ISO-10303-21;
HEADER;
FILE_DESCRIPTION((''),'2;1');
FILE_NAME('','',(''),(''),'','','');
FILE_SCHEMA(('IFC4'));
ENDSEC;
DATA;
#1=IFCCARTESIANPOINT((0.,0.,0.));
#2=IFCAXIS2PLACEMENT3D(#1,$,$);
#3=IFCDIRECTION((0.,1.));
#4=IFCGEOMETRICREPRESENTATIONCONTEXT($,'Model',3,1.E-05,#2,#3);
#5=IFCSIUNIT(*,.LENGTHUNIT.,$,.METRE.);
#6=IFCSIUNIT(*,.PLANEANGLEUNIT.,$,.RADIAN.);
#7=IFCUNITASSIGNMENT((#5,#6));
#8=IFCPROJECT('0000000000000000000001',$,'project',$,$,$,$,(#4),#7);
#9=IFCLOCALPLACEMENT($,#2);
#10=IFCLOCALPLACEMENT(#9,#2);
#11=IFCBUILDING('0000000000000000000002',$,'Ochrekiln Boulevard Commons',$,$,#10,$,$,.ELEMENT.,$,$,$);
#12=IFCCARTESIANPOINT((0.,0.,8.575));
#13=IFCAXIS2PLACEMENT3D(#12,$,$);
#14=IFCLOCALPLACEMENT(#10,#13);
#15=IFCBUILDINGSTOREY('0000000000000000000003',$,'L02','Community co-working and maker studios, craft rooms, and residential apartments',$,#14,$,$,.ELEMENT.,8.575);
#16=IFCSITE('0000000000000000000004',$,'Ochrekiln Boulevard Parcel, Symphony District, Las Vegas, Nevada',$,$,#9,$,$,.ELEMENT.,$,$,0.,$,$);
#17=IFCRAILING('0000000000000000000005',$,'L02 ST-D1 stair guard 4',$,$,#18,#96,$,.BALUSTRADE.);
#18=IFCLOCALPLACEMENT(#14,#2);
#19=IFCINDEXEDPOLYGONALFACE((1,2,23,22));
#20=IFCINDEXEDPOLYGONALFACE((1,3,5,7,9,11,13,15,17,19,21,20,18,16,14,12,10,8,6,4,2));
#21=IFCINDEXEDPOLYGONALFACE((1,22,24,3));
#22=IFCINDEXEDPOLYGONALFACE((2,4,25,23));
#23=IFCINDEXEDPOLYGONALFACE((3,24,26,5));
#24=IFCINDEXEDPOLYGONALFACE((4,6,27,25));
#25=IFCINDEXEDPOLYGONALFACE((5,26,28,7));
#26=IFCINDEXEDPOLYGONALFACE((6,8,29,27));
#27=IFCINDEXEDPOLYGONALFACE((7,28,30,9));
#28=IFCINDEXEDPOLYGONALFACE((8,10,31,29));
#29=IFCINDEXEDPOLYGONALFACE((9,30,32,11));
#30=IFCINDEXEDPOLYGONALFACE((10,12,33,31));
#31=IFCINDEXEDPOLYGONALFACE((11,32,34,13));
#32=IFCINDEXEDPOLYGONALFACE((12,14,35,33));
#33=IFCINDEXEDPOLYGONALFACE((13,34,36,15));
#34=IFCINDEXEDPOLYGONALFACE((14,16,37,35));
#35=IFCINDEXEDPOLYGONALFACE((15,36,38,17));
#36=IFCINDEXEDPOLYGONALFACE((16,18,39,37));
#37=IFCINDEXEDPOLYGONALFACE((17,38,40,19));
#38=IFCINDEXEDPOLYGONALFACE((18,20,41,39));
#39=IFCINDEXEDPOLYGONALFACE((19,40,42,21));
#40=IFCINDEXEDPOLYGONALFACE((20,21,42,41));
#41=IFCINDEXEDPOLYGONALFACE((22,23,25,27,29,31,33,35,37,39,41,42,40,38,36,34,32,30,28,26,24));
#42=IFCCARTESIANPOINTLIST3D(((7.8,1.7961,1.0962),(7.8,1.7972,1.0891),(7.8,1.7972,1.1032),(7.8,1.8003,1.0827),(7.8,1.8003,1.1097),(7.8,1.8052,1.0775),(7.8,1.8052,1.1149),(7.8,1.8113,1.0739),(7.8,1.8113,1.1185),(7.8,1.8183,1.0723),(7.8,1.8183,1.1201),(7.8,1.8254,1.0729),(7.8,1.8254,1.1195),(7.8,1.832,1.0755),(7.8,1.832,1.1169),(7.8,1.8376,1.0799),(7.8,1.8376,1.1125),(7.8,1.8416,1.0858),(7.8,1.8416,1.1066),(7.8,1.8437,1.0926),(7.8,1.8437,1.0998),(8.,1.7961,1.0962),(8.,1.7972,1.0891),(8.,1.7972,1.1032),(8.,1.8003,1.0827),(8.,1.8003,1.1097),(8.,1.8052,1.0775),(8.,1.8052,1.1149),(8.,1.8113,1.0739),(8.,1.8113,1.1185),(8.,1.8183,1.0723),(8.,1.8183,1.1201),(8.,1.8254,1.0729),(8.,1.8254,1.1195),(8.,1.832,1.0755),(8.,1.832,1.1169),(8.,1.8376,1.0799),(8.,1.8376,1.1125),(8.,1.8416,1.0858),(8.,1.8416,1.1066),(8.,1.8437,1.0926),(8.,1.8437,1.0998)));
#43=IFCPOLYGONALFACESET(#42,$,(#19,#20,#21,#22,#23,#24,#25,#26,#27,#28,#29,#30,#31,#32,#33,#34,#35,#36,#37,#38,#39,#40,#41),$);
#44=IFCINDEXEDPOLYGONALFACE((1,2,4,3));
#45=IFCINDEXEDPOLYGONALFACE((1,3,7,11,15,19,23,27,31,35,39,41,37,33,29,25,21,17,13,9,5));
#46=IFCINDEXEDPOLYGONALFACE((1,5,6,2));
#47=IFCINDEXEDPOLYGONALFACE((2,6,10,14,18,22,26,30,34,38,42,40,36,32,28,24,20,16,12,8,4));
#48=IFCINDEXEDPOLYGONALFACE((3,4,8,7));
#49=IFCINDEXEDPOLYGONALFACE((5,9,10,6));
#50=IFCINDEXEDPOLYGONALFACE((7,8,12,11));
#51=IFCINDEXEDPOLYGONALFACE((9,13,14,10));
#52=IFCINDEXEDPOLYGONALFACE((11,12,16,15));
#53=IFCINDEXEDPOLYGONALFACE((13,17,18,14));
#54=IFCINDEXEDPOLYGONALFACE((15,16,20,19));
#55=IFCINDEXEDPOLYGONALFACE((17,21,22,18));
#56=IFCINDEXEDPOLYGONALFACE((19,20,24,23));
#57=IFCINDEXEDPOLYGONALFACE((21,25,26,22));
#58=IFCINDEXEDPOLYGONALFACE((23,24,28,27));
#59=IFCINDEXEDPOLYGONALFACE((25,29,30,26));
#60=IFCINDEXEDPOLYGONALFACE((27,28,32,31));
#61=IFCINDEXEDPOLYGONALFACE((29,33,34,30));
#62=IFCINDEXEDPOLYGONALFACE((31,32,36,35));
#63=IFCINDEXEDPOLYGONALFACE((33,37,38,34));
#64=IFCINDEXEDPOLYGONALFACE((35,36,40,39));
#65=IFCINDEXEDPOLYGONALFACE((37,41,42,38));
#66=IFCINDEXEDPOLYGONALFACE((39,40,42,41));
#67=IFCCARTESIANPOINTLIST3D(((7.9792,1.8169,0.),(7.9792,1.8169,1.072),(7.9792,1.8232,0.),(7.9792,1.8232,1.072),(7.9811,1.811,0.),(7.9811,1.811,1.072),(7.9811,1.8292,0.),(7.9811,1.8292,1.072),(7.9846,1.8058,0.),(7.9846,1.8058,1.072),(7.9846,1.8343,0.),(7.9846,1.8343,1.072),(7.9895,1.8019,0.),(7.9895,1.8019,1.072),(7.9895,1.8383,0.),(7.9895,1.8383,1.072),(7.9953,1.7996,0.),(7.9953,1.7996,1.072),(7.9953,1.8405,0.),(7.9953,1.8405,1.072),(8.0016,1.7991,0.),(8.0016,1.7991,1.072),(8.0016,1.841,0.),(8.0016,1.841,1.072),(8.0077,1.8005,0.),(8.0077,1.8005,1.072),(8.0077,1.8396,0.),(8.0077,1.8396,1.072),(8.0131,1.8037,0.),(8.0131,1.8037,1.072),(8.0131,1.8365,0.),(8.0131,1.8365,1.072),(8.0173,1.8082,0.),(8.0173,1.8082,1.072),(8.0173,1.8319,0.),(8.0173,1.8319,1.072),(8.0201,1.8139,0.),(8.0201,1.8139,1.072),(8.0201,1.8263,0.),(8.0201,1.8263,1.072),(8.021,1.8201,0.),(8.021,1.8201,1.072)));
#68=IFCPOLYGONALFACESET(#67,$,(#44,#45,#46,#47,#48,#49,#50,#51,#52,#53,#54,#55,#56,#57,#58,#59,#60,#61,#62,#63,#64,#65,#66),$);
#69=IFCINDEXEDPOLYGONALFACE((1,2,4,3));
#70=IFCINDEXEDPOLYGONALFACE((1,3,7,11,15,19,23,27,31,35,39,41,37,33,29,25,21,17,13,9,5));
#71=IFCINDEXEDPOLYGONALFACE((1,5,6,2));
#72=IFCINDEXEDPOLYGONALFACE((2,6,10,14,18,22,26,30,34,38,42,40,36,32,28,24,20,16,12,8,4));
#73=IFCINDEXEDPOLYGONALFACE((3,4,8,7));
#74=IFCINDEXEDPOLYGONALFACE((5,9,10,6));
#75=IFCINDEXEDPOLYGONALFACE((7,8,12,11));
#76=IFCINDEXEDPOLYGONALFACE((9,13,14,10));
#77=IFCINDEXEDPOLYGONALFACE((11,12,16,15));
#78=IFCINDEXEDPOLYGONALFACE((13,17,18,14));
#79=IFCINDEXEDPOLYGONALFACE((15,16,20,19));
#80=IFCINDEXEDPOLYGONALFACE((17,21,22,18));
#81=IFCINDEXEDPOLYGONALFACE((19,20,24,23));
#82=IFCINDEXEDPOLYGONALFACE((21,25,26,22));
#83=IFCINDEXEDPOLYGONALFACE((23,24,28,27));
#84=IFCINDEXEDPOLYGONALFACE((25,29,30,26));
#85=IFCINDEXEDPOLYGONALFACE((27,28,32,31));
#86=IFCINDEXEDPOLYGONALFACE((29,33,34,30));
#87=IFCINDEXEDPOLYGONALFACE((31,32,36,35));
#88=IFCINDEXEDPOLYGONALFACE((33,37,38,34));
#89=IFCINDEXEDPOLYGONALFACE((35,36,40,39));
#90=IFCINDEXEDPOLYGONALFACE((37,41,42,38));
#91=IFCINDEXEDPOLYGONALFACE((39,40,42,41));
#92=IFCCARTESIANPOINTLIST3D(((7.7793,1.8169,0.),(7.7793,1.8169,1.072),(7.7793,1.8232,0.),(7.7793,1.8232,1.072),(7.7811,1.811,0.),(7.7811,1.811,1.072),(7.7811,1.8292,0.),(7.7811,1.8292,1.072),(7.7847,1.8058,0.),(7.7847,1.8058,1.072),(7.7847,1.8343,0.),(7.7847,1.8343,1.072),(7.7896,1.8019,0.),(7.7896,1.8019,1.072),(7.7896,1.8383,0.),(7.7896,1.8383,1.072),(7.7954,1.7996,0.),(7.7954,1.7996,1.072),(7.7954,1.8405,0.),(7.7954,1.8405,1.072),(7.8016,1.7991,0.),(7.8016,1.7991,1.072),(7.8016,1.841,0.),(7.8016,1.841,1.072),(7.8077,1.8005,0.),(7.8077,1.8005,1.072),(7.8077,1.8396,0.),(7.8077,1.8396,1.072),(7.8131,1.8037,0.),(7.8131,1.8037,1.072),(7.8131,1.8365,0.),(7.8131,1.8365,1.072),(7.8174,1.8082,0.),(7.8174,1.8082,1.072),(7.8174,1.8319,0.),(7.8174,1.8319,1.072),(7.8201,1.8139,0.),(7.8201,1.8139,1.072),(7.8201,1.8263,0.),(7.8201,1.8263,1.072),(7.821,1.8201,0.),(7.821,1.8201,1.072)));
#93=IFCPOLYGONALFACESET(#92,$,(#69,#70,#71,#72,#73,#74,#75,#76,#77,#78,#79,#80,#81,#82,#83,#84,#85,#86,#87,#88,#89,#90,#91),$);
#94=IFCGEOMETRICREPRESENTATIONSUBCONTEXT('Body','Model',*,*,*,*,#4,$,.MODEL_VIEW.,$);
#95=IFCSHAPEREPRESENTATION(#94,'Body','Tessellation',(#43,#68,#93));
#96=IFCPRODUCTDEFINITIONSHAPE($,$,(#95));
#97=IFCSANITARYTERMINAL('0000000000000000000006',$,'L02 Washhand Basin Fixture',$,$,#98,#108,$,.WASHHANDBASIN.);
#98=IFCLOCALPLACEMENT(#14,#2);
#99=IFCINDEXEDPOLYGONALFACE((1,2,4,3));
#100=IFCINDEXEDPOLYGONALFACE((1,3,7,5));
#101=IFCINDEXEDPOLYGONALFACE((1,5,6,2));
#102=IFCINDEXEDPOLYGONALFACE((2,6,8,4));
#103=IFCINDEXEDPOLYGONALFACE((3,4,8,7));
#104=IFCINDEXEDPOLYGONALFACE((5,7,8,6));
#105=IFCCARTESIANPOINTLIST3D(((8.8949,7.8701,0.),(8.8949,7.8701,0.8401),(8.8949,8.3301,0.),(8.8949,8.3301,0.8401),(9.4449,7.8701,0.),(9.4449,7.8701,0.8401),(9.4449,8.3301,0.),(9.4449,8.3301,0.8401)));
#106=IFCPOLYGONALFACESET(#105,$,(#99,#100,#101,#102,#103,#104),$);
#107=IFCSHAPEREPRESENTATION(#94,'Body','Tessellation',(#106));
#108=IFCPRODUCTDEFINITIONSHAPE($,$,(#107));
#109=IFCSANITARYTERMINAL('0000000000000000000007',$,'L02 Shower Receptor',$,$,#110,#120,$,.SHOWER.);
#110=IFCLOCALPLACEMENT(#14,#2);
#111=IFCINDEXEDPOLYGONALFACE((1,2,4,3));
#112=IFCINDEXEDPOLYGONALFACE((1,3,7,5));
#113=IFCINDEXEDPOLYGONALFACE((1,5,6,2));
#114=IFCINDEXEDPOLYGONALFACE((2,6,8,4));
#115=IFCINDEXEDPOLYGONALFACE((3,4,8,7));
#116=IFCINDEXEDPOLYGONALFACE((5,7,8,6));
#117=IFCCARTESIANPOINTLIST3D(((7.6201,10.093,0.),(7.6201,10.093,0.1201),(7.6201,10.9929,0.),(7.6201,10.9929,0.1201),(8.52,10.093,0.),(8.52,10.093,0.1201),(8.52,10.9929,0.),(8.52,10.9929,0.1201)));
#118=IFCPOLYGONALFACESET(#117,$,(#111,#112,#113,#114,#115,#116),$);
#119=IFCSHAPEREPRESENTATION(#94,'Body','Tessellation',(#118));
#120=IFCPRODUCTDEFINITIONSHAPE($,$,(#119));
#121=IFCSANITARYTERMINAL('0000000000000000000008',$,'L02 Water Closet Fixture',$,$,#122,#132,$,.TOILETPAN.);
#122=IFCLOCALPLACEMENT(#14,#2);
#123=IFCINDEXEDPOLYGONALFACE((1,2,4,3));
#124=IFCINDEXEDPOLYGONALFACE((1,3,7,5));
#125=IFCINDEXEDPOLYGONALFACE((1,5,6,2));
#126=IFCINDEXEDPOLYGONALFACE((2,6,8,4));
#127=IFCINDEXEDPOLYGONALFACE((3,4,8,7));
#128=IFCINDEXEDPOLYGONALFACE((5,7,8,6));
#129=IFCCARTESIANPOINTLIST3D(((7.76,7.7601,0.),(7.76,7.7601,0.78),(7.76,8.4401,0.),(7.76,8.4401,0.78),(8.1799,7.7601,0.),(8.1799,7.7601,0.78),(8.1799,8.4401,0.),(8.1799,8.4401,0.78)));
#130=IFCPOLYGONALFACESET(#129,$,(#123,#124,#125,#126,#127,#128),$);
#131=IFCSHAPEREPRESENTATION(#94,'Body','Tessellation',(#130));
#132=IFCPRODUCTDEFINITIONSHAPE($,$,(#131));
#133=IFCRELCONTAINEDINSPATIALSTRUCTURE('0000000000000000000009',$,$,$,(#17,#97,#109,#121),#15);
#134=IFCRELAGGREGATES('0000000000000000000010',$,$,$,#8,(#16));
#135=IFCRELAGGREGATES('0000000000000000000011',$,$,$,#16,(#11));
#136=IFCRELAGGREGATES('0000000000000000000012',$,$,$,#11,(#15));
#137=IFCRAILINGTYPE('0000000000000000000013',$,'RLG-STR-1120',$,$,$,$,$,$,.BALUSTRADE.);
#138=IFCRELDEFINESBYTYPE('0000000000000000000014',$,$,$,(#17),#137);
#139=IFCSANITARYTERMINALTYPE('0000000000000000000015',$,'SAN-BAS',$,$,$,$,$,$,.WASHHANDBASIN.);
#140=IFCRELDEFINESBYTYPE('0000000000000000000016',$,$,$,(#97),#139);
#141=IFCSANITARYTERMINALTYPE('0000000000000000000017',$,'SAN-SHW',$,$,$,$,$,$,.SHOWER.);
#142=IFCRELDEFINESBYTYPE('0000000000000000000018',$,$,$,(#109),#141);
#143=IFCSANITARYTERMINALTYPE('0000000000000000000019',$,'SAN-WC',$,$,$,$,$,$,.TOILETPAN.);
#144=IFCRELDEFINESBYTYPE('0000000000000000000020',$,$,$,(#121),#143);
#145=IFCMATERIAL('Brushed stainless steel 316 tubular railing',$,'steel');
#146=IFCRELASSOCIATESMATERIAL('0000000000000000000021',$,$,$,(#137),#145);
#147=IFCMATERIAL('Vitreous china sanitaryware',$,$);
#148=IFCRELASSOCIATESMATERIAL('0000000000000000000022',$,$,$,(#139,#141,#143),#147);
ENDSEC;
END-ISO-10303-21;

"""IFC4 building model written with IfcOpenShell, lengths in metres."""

from ifc_helpers import new_model, si_unit, direction, frame, origin, origin_2d, place, context, subcontext, project, spatial, rectangle, circle, extrude, material, type_object, element, save


model = new_model("IFC4")

# Units and contexts
model_context = context("Model", 3, precision=1e-05, world=origin(), true_north=direction((0.0, 1.0)))
body_context = subcontext(model_context, "Body", "Model", "MODEL_VIEW")
ifc_project = project(units=[si_unit("LENGTHUNIT", "METRE"), si_unit("PLANEANGLEUNIT", "RADIAN")], contexts=[model_context])

# Site, building, storey
site_placement = place(None, origin())
site = spatial("IfcSite", under=ifc_project, at=site_placement, Name="Ochrekiln Boulevard Parcel, Symphony District, Las Vegas, Nevada", CompositionType="ELEMENT", RefElevation=0.0)
building_placement = place(site_placement, origin())
building = spatial("IfcBuilding", under=site, at=building_placement, Name="Ochrekiln Boulevard Commons", CompositionType="ELEMENT")
storey_placement = place(building_placement, frame((0.0, 0.0, 8.575)))
storey = spatial("IfcBuildingStorey", under=building, at=storey_placement, Name="L02", Description="Community co-working and maker studios, craft rooms, and residential apartments", CompositionType="ELEMENT", Elevation=8.575)

# Railing
ifc_material_1 = material(Name="Brushed stainless steel 316 tubular railing", Category="steel")
railing_type_1 = type_object("IfcRailingType", Name="RLG-STR-1120", PredefinedType="BALUSTRADE", material=ifc_material_1)
railing_1_placement = place(storey_placement, frame((8.0, 1.8201, 0.0)))
element("IfcRailing", 1, at=railing_1_placement, inside=storey, type_object=railing_type_1, Name="L02 ST-D1 stair guard 4", PredefinedType="BALUSTRADE", context=body_context, shape_type="SweptSolid", body=[
    extrude(circle(Radius=0.0239, at=origin_2d()), frame((0.0, 0.0, 1.0962), z_axis=(-1.0, 0.0, 0.0), x_axis=(0.0, -1.0, 0.0)), (0.0, 0.0, 1.0), 0.2),
    extrude(circle(Radius=0.021, at=origin_2d()), origin(), (0.0, 0.0, 1.0), 1.072),
    extrude(circle(Radius=0.021, at=origin_2d()), frame((-0.2, 0.0, 0.0)), (0.0, 0.0, 1.0), 1.072),
])

# Sanitary terminals
ifc_material_2 = material(Name="Vitreous china sanitaryware")
sanitary_terminal_type_1 = type_object("IfcSanitaryTerminalType", Name="SAN-BAS", PredefinedType="WASHHANDBASIN", material=ifc_material_2)
sanitary_terminal_1_placement = place(storey_placement, frame((9.1699, 8.1001, 0.0), z_axis=(0.0, 0.0, 1.0), x_axis=(1.0, 0.0, 0.0)))
element("IfcSanitaryTerminal", 2, at=sanitary_terminal_1_placement, inside=storey, type_object=sanitary_terminal_type_1, Name="L02 Washhand Basin Fixture", PredefinedType="WASHHANDBASIN", context=body_context, shape_type="SweptSolid", body=[
    extrude(rectangle(XDim=0.55, YDim=0.46, at=origin_2d()), origin(), (0.0, 0.0, 1.0), 0.8401),
])
sanitary_terminal_type_2 = type_object("IfcSanitaryTerminalType", Name="SAN-SHW", PredefinedType="SHOWER", material=ifc_material_2)
sanitary_terminal_2_placement = place(storey_placement, frame((8.0701, 10.543, 0.0), z_axis=(0.0, 0.0, 1.0), x_axis=(1.0, 0.0, 0.0)))
element("IfcSanitaryTerminal", 3, at=sanitary_terminal_2_placement, inside=storey, type_object=sanitary_terminal_type_2, Name="L02 Shower Receptor", PredefinedType="SHOWER", context=body_context, shape_type="SweptSolid", body=[
    extrude(rectangle(XDim=0.8999, YDim=0.8999, at=origin_2d()), origin(), (0.0, 0.0, 1.0), 0.1201),
])
sanitary_terminal_type_3 = type_object("IfcSanitaryTerminalType", Name="SAN-WC", PredefinedType="TOILETPAN", material=ifc_material_2)
sanitary_terminal_3_placement = place(storey_placement, frame((7.97, 8.1001, 0.0), z_axis=(0.0, 0.0, 1.0), x_axis=(1.0, 0.0, 0.0)))
element("IfcSanitaryTerminal", 4, at=sanitary_terminal_3_placement, inside=storey, type_object=sanitary_terminal_type_3, Name="L02 Water Closet Fixture", PredefinedType="TOILETPAN", context=body_context, shape_type="SweptSolid", body=[
    extrude(rectangle(XDim=0.4199, YDim=0.6799, at=origin_2d()), origin(), (0.0, 0.0, 1.0), 0.78),
])

save(model, "model.ifc")
